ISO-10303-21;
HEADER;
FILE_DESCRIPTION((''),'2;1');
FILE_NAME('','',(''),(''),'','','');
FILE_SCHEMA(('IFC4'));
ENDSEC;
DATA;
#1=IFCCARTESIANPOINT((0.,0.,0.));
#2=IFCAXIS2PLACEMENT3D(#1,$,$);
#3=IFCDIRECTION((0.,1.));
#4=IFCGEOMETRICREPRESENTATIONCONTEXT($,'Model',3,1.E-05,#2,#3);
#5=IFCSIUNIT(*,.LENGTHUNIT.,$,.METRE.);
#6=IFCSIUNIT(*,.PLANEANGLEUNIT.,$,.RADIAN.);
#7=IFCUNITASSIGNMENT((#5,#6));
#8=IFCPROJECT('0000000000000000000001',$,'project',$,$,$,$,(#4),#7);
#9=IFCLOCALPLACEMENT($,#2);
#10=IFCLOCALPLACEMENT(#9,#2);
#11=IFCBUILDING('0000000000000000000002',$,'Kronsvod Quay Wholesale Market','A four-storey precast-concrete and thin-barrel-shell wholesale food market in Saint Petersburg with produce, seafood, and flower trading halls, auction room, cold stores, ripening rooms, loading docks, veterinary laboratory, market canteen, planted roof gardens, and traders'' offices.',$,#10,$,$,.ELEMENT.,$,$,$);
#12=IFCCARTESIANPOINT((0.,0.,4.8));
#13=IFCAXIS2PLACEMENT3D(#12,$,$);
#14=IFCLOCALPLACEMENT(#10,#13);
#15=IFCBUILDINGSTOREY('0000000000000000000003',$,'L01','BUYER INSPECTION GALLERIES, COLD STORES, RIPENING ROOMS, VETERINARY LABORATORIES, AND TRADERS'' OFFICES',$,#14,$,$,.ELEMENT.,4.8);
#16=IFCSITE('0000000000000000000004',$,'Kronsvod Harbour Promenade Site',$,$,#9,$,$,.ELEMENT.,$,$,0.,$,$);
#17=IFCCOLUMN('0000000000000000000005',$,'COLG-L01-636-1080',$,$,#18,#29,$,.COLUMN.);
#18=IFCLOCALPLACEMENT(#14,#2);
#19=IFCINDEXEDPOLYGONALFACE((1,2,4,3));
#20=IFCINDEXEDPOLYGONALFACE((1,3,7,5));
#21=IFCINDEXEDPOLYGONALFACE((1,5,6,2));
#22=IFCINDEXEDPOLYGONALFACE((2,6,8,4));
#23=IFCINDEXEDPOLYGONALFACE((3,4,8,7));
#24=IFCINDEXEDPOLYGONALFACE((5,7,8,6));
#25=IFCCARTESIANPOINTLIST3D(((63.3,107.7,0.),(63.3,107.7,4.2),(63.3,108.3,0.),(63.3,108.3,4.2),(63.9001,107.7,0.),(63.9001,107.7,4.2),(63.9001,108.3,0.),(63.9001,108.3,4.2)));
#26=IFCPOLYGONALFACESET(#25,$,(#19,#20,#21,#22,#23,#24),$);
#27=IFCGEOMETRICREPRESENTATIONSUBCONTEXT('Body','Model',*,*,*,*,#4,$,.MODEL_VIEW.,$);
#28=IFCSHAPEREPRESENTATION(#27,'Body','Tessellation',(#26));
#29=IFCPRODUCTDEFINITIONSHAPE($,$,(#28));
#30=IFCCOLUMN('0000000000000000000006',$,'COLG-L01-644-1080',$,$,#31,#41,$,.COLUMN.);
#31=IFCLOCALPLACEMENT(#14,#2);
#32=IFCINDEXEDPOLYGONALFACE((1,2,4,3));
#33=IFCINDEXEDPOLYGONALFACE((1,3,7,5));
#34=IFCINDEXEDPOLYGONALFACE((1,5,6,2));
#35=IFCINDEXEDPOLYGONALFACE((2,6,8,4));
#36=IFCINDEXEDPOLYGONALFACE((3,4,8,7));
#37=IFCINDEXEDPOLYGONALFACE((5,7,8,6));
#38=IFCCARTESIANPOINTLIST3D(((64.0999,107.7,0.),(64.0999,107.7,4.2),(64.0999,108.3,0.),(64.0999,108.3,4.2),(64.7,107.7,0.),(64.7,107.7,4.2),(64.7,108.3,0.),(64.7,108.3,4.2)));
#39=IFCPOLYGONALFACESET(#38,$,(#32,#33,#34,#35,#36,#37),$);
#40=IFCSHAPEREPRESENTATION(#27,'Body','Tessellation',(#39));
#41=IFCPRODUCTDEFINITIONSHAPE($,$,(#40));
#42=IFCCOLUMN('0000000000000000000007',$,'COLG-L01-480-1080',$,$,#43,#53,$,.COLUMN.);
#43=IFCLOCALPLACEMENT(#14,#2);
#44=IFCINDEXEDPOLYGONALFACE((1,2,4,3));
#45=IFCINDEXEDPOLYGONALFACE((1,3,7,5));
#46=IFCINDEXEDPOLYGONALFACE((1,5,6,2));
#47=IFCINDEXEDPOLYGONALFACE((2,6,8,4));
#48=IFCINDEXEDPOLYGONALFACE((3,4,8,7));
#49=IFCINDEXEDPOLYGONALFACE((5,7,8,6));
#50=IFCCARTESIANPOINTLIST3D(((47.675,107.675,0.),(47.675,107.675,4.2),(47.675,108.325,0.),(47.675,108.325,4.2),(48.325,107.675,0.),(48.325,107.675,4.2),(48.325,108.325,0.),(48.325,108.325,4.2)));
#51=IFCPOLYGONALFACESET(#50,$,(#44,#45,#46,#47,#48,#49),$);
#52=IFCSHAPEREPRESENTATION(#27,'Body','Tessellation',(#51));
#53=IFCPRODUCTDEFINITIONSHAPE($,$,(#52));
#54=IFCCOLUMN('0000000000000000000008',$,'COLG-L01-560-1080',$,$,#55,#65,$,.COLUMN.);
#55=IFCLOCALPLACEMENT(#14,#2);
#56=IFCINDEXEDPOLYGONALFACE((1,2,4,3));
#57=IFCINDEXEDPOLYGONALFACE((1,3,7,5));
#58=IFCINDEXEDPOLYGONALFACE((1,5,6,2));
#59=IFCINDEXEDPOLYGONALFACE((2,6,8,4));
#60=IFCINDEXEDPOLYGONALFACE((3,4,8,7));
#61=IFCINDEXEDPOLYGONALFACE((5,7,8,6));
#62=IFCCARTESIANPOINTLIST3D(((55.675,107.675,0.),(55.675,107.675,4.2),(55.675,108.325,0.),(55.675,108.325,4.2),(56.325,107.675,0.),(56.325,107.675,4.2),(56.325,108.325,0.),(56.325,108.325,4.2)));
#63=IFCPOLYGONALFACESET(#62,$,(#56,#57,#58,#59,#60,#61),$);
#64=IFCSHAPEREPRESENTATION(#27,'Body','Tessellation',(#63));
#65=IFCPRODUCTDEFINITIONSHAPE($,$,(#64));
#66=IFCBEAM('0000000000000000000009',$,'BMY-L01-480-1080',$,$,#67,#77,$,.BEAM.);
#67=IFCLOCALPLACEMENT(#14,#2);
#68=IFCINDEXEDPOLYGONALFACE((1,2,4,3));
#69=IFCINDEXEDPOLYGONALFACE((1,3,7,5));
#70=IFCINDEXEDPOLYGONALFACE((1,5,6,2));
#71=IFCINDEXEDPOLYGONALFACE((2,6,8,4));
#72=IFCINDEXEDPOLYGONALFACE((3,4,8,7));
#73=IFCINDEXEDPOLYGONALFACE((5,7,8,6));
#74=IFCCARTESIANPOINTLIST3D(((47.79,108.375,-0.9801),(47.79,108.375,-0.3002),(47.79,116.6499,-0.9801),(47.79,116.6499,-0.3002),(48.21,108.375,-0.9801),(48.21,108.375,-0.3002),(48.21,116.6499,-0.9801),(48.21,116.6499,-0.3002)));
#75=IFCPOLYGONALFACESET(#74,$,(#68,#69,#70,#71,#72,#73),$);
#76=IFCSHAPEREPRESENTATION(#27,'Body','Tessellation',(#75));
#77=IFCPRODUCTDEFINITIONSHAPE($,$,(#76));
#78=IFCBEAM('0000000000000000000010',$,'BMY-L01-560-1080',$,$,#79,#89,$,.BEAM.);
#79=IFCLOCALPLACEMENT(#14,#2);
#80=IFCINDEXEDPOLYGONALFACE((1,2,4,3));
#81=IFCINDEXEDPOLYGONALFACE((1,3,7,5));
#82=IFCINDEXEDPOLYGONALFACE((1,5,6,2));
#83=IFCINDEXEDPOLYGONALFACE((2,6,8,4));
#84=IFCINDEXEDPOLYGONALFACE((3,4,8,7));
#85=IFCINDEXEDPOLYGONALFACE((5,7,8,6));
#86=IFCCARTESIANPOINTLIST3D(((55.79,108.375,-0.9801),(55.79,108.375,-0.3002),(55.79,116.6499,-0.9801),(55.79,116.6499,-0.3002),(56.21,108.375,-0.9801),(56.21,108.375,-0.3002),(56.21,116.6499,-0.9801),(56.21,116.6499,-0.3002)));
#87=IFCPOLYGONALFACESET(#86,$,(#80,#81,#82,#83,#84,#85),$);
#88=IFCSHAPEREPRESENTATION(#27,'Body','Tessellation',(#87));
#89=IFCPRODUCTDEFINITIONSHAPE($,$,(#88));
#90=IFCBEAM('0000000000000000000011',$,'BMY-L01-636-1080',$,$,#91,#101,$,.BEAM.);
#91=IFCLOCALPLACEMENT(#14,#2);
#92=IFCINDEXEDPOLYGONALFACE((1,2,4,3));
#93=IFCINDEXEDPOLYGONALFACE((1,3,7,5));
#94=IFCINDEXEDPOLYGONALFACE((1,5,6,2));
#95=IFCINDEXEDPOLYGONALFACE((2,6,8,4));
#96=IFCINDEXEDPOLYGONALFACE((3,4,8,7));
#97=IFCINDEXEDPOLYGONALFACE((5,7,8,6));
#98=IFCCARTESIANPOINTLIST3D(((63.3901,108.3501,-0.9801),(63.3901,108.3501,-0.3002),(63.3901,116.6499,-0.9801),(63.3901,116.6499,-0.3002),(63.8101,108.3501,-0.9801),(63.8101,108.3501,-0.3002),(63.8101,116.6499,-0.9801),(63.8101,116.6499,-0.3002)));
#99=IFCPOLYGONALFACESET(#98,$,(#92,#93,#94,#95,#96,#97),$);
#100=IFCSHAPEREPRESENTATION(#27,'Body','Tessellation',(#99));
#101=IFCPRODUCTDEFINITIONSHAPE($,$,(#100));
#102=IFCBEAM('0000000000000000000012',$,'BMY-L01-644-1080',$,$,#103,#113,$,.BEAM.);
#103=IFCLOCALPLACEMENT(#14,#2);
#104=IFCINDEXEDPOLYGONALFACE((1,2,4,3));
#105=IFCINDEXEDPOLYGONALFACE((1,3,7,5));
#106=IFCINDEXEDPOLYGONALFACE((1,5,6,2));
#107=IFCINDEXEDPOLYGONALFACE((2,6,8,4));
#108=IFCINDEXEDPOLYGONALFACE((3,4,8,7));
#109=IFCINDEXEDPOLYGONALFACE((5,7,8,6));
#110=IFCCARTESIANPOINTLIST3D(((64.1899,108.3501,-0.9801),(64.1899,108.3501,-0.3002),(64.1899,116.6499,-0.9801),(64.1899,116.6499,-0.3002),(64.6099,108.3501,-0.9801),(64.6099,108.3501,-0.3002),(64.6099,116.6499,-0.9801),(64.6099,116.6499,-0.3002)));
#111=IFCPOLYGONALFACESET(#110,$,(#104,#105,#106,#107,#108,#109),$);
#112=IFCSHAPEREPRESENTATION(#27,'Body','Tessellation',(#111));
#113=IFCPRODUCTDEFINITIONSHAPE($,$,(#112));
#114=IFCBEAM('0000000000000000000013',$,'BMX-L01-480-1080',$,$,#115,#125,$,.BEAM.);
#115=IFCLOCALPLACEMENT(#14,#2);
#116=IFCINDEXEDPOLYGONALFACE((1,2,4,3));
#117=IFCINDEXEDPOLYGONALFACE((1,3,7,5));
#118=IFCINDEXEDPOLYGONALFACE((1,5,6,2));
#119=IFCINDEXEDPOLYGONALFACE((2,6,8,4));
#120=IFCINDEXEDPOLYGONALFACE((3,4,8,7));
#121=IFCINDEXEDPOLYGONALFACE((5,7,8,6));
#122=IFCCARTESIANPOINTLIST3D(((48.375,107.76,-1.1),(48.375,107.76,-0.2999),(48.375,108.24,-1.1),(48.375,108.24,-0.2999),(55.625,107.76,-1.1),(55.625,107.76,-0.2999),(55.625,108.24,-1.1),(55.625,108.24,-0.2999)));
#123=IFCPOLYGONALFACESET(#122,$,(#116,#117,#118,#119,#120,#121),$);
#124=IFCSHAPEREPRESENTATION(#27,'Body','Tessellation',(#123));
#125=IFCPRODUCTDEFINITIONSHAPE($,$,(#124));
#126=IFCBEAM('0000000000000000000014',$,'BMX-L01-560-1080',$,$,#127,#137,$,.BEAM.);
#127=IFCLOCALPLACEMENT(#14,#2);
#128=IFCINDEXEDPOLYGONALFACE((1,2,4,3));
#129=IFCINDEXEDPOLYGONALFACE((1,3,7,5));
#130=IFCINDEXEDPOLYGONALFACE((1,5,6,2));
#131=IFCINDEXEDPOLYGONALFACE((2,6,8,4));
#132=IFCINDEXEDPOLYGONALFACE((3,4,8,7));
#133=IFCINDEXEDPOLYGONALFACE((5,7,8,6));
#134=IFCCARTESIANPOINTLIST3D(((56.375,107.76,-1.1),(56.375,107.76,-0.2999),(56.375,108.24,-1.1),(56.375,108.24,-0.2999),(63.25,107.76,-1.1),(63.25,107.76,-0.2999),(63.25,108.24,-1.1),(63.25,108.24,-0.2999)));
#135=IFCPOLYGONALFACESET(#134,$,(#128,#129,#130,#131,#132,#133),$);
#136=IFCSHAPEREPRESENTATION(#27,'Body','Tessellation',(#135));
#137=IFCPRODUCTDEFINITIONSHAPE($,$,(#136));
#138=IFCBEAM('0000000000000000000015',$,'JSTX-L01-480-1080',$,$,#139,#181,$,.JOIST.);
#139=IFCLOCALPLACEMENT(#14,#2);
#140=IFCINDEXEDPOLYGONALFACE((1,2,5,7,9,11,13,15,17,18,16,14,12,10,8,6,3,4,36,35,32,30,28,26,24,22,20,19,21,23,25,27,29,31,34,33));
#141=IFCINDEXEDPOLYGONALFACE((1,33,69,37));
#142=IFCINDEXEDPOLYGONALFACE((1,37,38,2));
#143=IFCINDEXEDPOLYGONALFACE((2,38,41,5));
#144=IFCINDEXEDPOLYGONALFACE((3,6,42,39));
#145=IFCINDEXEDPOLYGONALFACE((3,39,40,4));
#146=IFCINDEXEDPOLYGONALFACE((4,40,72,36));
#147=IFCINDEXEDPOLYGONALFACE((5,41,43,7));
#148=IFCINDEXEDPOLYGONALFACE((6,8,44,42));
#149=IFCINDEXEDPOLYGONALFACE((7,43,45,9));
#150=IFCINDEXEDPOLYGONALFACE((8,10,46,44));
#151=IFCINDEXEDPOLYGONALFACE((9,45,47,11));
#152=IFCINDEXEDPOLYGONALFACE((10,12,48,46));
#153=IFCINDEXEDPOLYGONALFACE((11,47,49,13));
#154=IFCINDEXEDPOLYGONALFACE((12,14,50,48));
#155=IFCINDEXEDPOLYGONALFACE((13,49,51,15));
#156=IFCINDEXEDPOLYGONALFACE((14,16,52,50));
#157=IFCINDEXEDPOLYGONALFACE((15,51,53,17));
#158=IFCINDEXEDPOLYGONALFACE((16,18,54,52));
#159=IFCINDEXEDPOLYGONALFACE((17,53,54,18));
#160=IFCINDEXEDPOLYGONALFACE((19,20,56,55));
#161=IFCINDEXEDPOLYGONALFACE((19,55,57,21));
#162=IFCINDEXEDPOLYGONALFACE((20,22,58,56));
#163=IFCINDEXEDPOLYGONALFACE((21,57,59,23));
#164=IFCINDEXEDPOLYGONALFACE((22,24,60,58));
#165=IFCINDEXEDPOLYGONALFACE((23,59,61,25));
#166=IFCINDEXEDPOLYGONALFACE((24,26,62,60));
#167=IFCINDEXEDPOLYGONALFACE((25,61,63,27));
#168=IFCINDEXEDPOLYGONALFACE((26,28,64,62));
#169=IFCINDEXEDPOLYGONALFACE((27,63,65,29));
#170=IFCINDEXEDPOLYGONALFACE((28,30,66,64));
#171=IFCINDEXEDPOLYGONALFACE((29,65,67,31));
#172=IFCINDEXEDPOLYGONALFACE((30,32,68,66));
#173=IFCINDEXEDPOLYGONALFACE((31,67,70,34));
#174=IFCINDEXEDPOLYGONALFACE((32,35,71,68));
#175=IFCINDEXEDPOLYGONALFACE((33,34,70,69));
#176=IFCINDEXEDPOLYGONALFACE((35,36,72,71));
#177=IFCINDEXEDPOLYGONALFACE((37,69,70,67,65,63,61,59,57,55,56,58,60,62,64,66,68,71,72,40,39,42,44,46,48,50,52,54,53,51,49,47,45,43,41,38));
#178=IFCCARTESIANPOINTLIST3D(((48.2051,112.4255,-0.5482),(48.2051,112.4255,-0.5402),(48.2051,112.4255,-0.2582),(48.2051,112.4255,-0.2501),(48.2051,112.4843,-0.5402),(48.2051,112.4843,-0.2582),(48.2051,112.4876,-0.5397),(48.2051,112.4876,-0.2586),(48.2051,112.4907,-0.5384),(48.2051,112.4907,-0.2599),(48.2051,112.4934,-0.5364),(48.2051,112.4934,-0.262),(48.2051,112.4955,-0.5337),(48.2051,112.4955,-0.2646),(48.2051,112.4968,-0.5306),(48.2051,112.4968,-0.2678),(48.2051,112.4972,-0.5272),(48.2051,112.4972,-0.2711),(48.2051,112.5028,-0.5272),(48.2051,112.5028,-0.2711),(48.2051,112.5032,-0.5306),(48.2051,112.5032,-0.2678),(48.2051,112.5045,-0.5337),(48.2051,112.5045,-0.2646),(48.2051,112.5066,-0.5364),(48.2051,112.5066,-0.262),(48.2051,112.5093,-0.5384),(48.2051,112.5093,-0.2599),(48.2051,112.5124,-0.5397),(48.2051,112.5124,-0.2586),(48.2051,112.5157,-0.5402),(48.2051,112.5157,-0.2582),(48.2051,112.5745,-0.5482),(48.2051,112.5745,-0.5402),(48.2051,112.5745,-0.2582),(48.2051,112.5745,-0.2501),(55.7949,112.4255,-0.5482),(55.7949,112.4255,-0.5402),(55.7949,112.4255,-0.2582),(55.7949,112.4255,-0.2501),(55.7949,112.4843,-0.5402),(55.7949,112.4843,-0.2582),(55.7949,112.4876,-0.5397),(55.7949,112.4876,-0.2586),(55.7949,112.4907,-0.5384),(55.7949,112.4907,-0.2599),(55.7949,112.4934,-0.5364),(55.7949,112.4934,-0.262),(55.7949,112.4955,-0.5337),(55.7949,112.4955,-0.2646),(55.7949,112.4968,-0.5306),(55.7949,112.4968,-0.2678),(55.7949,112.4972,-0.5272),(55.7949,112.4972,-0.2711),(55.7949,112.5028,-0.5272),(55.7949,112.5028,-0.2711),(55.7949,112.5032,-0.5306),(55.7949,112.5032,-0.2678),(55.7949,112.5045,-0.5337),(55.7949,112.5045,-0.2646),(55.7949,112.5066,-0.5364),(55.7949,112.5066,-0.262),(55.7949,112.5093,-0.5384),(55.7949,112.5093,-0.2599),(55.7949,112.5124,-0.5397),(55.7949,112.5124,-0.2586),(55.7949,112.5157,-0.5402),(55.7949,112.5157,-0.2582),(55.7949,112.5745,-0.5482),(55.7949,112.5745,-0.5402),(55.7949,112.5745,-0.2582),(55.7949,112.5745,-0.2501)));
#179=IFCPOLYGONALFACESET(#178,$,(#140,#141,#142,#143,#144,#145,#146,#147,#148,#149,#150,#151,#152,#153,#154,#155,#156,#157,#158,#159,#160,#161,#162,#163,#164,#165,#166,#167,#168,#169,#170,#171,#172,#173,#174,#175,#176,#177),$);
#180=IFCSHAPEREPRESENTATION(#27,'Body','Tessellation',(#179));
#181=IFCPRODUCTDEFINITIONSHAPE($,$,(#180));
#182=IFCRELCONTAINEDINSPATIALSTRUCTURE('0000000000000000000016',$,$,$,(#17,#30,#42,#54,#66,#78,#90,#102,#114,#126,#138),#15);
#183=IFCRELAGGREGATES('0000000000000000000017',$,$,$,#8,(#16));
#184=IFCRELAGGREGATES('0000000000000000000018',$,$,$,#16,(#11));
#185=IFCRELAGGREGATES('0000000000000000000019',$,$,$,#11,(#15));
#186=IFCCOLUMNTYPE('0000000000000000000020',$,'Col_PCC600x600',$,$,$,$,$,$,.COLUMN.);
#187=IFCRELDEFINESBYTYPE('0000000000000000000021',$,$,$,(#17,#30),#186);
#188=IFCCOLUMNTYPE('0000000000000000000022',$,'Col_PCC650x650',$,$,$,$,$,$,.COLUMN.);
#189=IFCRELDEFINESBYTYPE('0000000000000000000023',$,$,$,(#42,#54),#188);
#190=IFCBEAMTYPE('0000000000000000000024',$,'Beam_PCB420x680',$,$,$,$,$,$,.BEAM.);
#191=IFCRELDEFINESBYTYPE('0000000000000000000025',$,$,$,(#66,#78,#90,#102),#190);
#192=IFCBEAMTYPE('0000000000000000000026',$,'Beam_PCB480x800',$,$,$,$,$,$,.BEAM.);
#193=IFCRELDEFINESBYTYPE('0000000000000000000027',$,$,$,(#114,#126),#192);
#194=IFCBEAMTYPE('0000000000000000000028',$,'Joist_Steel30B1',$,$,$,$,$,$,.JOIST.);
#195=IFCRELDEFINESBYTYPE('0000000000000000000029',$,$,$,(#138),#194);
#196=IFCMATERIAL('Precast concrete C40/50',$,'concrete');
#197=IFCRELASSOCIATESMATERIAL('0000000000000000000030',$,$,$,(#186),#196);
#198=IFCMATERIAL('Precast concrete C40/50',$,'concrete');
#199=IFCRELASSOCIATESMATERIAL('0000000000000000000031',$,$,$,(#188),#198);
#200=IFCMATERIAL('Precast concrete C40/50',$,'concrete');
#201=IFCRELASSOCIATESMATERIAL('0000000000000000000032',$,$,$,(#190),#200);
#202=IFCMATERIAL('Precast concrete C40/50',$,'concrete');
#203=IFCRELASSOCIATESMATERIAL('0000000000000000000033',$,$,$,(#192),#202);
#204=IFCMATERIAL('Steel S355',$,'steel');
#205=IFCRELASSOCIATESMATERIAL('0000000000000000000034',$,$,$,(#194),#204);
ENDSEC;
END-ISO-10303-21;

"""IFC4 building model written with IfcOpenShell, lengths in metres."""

from ifc_helpers import new_model, si_unit, direction, frame, origin, origin_2d, place, context, subcontext, project, spatial, rectangle, i_section, extrude, material, material_profile, profile_set, type_object, element, save


model = new_model("IFC4")

# Units and contexts
model_context = context("Model", 3, precision=1e-05, world=origin(), true_north=direction((0.0, 1.0)))
body_context = subcontext(model_context, "Body", "Model", "MODEL_VIEW")
ifc_project = project(units=[si_unit("LENGTHUNIT", "METRE"), si_unit("PLANEANGLEUNIT", "RADIAN")], contexts=[model_context])

# Site, building, storey
site_placement = place(None, origin())
site = spatial("IfcSite", under=ifc_project, at=site_placement, Name="Kronsvod Harbour Promenade Site", CompositionType="ELEMENT", RefElevation=0.0)
building_placement = place(site_placement, origin())
building = spatial("IfcBuilding", under=site, at=building_placement, Name="Kronsvod Quay Wholesale Market", Description="A four-storey precast-concrete and thin-barrel-shell wholesale food market in Saint Petersburg with produce, seafood, and flower trading halls, auction room, cold stores, ripening rooms, loading docks, veterinary laboratory, market canteen, planted roof gardens, and traders' offices.", CompositionType="ELEMENT")
storey_placement = place(building_placement, frame((0.0, 0.0, 4.8)))
storey = spatial("IfcBuildingStorey", under=building, at=storey_placement, Name="L01", Description="BUYER INSPECTION GALLERIES, COLD STORES, RIPENING ROOMS, VETERINARY LABORATORIES, AND TRADERS' OFFICES", CompositionType="ELEMENT", Elevation=4.8)

# Columns
ifc_material_1 = material(Name="Precast concrete C40/50", Category="concrete")
ifc_material_profile_1 = material_profile(ifc_material_1, rectangle(XDim=0.6001, YDim=0.6001, at=origin_2d()), Name="PCC600x600")
ifc_profile_set_1 = profile_set([ifc_material_profile_1], Name="Precast concrete C40/50")
column_type_1 = type_object("IfcColumnType", Name="Col_PCC600x600", PredefinedType="COLUMN", material=ifc_profile_set_1)
for number, where, z_axis, x_axis, name in (
    (1, (63.6001, 108.0, 0.0), (0.0, 0.0, 1.0), (1.0, 0.0, 0.0), "COLG-L01-636-1080"),
    (2, (64.3999, 108.0, 0.0), (0.0, 0.0, 1.0), (1.0, 0.0, 0.0), "COLG-L01-644-1080"),
):
    element("IfcColumn", number, at=place(storey_placement, frame(where, z_axis=z_axis, x_axis=x_axis)), inside=storey, type_object=column_type_1, Name=name, PredefinedType="COLUMN", context=body_context, shape_type="SweptSolid", body=[
        extrude(rectangle(XDim=0.6001, YDim=0.6001, at=origin_2d()), origin(), (0.0, 0.0, 1.0), 4.2),
    ])
ifc_material_2 = material(Name="Precast concrete C40/50", Category="concrete")
ifc_material_profile_2 = material_profile(ifc_material_2, rectangle(XDim=0.6499, YDim=0.6499, at=origin_2d()), Name="COL-08")
ifc_profile_set_2 = profile_set([ifc_material_profile_2], Name="Precast concrete C40/50")
column_type_2 = type_object("IfcColumnType", Name="Col_PCC650x650", PredefinedType="COLUMN", material=ifc_profile_set_2)
for number, where, z_axis, x_axis, name in (
    (3, (48.0, 108.0, 0.0), (0.0, 0.0, 1.0), (1.0, 0.0, 0.0), "COLG-L01-480-1080"),
    (4, (56.0, 108.0, 0.0), (0.0, 0.0, 1.0), (1.0, 0.0, 0.0), "COLG-L01-560-1080"),
):
    element("IfcColumn", number, at=place(storey_placement, frame(where, z_axis=z_axis, x_axis=x_axis)), inside=storey, type_object=column_type_2, Name=name, PredefinedType="COLUMN", context=body_context, shape_type="SweptSolid", body=[
        extrude(rectangle(XDim=0.6499, YDim=0.6499, at=origin_2d()), origin(), (0.0, 0.0, 1.0), 4.2),
    ])

# Beams
ifc_material_3 = material(Name="Precast concrete C40/50", Category="concrete")
ifc_material_profile_3 = material_profile(ifc_material_3, rectangle(XDim=0.4199, YDim=0.6799, at=origin_2d()), Name="PB-05")
ifc_profile_set_3 = profile_set([ifc_material_profile_3], Name="Precast concrete C40/50")
beam_type_1 = type_object("IfcBeamType", Name="Beam_PCB420x680", PredefinedType="BEAM", material=ifc_profile_set_3)
for number, where, z_axis, x_axis, name in (
    (5, (48.0, 108.375, -0.6401), (0.0, 1.0, 0.0), (-1.0, 0.0, 0.0), "BMY-L01-480-1080"),
    (6, (56.0, 108.375, -0.6401), (0.0, 1.0, 0.0), (-1.0, 0.0, 0.0), "BMY-L01-560-1080"),
):
    element("IfcBeam", number, at=place(storey_placement, frame(where, z_axis=z_axis, x_axis=x_axis)), inside=storey, type_object=beam_type_1, Name=name, PredefinedType="BEAM", context=body_context, shape_type="SweptSolid", body=[
        extrude(rectangle(XDim=0.4199, YDim=0.6799, at=origin_2d()), origin(), (0.0, 0.0, 1.0), 8.2749),
    ])
for number, where, z_axis, x_axis, name in (
    (7, (63.6001, 108.3501, -0.6401), (0.0, 1.0, 0.0), (-1.0, 0.0, 0.0), "BMY-L01-636-1080"),
    (8, (64.3999, 108.3501, -0.6401), (0.0, 1.0, 0.0), (-1.0, 0.0, 0.0), "BMY-L01-644-1080"),
):
    element("IfcBeam", number, at=place(storey_placement, frame(where, z_axis=z_axis, x_axis=x_axis)), inside=storey, type_object=beam_type_1, Name=name, PredefinedType="BEAM", context=body_context, shape_type="SweptSolid", body=[
        extrude(rectangle(XDim=0.4199, YDim=0.6799, at=origin_2d()), origin(), (0.0, 0.0, 1.0), 8.2998),
    ])
ifc_material_4 = material(Name="Precast concrete C40/50", Category="concrete")
ifc_material_profile_4 = material_profile(ifc_material_4, rectangle(XDim=0.48, YDim=0.8, at=origin_2d()), Name="PB-04")
ifc_profile_set_4 = profile_set([ifc_material_profile_4], Name="Precast concrete C40/50")
beam_type_2 = type_object("IfcBeamType", Name="Beam_PCB480x800", PredefinedType="BEAM", material=ifc_profile_set_4)
beam_1_placement = place(storey_placement, frame((48.375, 108.0, -0.7), z_axis=(1.0, 0.0, 0.0), x_axis=(0.0, 1.0, 0.0)))
element("IfcBeam", 9, at=beam_1_placement, inside=storey, type_object=beam_type_2, Name="BMX-L01-480-1080", PredefinedType="BEAM", context=body_context, shape_type="SweptSolid", body=[
    extrude(rectangle(XDim=0.48, YDim=0.8, at=origin_2d()), origin(), (0.0, 0.0, 1.0), 7.25),
])
beam_2_placement = place(storey_placement, frame((56.375, 108.0, -0.7), z_axis=(1.0, 0.0, 0.0), x_axis=(0.0, 1.0, 0.0)))
element("IfcBeam", 10, at=beam_2_placement, inside=storey, type_object=beam_type_2, Name="BMX-L01-560-1080", PredefinedType="BEAM", context=body_context, shape_type="SweptSolid", body=[
    extrude(rectangle(XDim=0.48, YDim=0.8, at=origin_2d()), origin(), (0.0, 0.0, 1.0), 6.875),
])
ifc_material_5 = material(Name="Steel S355", Category="steel")
ifc_material_profile_5 = material_profile(ifc_material_5, i_section(OverallWidth=0.1489, OverallDepth=0.2981, WebThickness=0.0056, FlangeThickness=0.0081, FilletRadius=0.0129, at=origin_2d()), Name="30B1")
ifc_profile_set_5 = profile_set([ifc_material_profile_5], Name="Steel S355")
beam_type_3 = type_object("IfcBeamType", Name="Joist_Steel30B1", PredefinedType="JOIST", material=ifc_profile_set_5)
beam_3_placement = place(storey_placement, frame((48.2051, 112.5, -0.3992), z_axis=(1.0, 0.0, 0.0), x_axis=(0.0, 1.0, 0.0)))
element("IfcBeam", 11, at=beam_3_placement, inside=storey, type_object=beam_type_3, Name="JSTX-L01-480-1080", PredefinedType="JOIST", context=body_context, shape_type="SweptSolid", body=[
    extrude(i_section(OverallWidth=0.1489, OverallDepth=0.2981, WebThickness=0.0056, FlangeThickness=0.0081, FilletRadius=0.0129, at=origin_2d()), origin(), (0.0, 0.0, 1.0), 7.5898),
])

save(model, "model.ifc")
